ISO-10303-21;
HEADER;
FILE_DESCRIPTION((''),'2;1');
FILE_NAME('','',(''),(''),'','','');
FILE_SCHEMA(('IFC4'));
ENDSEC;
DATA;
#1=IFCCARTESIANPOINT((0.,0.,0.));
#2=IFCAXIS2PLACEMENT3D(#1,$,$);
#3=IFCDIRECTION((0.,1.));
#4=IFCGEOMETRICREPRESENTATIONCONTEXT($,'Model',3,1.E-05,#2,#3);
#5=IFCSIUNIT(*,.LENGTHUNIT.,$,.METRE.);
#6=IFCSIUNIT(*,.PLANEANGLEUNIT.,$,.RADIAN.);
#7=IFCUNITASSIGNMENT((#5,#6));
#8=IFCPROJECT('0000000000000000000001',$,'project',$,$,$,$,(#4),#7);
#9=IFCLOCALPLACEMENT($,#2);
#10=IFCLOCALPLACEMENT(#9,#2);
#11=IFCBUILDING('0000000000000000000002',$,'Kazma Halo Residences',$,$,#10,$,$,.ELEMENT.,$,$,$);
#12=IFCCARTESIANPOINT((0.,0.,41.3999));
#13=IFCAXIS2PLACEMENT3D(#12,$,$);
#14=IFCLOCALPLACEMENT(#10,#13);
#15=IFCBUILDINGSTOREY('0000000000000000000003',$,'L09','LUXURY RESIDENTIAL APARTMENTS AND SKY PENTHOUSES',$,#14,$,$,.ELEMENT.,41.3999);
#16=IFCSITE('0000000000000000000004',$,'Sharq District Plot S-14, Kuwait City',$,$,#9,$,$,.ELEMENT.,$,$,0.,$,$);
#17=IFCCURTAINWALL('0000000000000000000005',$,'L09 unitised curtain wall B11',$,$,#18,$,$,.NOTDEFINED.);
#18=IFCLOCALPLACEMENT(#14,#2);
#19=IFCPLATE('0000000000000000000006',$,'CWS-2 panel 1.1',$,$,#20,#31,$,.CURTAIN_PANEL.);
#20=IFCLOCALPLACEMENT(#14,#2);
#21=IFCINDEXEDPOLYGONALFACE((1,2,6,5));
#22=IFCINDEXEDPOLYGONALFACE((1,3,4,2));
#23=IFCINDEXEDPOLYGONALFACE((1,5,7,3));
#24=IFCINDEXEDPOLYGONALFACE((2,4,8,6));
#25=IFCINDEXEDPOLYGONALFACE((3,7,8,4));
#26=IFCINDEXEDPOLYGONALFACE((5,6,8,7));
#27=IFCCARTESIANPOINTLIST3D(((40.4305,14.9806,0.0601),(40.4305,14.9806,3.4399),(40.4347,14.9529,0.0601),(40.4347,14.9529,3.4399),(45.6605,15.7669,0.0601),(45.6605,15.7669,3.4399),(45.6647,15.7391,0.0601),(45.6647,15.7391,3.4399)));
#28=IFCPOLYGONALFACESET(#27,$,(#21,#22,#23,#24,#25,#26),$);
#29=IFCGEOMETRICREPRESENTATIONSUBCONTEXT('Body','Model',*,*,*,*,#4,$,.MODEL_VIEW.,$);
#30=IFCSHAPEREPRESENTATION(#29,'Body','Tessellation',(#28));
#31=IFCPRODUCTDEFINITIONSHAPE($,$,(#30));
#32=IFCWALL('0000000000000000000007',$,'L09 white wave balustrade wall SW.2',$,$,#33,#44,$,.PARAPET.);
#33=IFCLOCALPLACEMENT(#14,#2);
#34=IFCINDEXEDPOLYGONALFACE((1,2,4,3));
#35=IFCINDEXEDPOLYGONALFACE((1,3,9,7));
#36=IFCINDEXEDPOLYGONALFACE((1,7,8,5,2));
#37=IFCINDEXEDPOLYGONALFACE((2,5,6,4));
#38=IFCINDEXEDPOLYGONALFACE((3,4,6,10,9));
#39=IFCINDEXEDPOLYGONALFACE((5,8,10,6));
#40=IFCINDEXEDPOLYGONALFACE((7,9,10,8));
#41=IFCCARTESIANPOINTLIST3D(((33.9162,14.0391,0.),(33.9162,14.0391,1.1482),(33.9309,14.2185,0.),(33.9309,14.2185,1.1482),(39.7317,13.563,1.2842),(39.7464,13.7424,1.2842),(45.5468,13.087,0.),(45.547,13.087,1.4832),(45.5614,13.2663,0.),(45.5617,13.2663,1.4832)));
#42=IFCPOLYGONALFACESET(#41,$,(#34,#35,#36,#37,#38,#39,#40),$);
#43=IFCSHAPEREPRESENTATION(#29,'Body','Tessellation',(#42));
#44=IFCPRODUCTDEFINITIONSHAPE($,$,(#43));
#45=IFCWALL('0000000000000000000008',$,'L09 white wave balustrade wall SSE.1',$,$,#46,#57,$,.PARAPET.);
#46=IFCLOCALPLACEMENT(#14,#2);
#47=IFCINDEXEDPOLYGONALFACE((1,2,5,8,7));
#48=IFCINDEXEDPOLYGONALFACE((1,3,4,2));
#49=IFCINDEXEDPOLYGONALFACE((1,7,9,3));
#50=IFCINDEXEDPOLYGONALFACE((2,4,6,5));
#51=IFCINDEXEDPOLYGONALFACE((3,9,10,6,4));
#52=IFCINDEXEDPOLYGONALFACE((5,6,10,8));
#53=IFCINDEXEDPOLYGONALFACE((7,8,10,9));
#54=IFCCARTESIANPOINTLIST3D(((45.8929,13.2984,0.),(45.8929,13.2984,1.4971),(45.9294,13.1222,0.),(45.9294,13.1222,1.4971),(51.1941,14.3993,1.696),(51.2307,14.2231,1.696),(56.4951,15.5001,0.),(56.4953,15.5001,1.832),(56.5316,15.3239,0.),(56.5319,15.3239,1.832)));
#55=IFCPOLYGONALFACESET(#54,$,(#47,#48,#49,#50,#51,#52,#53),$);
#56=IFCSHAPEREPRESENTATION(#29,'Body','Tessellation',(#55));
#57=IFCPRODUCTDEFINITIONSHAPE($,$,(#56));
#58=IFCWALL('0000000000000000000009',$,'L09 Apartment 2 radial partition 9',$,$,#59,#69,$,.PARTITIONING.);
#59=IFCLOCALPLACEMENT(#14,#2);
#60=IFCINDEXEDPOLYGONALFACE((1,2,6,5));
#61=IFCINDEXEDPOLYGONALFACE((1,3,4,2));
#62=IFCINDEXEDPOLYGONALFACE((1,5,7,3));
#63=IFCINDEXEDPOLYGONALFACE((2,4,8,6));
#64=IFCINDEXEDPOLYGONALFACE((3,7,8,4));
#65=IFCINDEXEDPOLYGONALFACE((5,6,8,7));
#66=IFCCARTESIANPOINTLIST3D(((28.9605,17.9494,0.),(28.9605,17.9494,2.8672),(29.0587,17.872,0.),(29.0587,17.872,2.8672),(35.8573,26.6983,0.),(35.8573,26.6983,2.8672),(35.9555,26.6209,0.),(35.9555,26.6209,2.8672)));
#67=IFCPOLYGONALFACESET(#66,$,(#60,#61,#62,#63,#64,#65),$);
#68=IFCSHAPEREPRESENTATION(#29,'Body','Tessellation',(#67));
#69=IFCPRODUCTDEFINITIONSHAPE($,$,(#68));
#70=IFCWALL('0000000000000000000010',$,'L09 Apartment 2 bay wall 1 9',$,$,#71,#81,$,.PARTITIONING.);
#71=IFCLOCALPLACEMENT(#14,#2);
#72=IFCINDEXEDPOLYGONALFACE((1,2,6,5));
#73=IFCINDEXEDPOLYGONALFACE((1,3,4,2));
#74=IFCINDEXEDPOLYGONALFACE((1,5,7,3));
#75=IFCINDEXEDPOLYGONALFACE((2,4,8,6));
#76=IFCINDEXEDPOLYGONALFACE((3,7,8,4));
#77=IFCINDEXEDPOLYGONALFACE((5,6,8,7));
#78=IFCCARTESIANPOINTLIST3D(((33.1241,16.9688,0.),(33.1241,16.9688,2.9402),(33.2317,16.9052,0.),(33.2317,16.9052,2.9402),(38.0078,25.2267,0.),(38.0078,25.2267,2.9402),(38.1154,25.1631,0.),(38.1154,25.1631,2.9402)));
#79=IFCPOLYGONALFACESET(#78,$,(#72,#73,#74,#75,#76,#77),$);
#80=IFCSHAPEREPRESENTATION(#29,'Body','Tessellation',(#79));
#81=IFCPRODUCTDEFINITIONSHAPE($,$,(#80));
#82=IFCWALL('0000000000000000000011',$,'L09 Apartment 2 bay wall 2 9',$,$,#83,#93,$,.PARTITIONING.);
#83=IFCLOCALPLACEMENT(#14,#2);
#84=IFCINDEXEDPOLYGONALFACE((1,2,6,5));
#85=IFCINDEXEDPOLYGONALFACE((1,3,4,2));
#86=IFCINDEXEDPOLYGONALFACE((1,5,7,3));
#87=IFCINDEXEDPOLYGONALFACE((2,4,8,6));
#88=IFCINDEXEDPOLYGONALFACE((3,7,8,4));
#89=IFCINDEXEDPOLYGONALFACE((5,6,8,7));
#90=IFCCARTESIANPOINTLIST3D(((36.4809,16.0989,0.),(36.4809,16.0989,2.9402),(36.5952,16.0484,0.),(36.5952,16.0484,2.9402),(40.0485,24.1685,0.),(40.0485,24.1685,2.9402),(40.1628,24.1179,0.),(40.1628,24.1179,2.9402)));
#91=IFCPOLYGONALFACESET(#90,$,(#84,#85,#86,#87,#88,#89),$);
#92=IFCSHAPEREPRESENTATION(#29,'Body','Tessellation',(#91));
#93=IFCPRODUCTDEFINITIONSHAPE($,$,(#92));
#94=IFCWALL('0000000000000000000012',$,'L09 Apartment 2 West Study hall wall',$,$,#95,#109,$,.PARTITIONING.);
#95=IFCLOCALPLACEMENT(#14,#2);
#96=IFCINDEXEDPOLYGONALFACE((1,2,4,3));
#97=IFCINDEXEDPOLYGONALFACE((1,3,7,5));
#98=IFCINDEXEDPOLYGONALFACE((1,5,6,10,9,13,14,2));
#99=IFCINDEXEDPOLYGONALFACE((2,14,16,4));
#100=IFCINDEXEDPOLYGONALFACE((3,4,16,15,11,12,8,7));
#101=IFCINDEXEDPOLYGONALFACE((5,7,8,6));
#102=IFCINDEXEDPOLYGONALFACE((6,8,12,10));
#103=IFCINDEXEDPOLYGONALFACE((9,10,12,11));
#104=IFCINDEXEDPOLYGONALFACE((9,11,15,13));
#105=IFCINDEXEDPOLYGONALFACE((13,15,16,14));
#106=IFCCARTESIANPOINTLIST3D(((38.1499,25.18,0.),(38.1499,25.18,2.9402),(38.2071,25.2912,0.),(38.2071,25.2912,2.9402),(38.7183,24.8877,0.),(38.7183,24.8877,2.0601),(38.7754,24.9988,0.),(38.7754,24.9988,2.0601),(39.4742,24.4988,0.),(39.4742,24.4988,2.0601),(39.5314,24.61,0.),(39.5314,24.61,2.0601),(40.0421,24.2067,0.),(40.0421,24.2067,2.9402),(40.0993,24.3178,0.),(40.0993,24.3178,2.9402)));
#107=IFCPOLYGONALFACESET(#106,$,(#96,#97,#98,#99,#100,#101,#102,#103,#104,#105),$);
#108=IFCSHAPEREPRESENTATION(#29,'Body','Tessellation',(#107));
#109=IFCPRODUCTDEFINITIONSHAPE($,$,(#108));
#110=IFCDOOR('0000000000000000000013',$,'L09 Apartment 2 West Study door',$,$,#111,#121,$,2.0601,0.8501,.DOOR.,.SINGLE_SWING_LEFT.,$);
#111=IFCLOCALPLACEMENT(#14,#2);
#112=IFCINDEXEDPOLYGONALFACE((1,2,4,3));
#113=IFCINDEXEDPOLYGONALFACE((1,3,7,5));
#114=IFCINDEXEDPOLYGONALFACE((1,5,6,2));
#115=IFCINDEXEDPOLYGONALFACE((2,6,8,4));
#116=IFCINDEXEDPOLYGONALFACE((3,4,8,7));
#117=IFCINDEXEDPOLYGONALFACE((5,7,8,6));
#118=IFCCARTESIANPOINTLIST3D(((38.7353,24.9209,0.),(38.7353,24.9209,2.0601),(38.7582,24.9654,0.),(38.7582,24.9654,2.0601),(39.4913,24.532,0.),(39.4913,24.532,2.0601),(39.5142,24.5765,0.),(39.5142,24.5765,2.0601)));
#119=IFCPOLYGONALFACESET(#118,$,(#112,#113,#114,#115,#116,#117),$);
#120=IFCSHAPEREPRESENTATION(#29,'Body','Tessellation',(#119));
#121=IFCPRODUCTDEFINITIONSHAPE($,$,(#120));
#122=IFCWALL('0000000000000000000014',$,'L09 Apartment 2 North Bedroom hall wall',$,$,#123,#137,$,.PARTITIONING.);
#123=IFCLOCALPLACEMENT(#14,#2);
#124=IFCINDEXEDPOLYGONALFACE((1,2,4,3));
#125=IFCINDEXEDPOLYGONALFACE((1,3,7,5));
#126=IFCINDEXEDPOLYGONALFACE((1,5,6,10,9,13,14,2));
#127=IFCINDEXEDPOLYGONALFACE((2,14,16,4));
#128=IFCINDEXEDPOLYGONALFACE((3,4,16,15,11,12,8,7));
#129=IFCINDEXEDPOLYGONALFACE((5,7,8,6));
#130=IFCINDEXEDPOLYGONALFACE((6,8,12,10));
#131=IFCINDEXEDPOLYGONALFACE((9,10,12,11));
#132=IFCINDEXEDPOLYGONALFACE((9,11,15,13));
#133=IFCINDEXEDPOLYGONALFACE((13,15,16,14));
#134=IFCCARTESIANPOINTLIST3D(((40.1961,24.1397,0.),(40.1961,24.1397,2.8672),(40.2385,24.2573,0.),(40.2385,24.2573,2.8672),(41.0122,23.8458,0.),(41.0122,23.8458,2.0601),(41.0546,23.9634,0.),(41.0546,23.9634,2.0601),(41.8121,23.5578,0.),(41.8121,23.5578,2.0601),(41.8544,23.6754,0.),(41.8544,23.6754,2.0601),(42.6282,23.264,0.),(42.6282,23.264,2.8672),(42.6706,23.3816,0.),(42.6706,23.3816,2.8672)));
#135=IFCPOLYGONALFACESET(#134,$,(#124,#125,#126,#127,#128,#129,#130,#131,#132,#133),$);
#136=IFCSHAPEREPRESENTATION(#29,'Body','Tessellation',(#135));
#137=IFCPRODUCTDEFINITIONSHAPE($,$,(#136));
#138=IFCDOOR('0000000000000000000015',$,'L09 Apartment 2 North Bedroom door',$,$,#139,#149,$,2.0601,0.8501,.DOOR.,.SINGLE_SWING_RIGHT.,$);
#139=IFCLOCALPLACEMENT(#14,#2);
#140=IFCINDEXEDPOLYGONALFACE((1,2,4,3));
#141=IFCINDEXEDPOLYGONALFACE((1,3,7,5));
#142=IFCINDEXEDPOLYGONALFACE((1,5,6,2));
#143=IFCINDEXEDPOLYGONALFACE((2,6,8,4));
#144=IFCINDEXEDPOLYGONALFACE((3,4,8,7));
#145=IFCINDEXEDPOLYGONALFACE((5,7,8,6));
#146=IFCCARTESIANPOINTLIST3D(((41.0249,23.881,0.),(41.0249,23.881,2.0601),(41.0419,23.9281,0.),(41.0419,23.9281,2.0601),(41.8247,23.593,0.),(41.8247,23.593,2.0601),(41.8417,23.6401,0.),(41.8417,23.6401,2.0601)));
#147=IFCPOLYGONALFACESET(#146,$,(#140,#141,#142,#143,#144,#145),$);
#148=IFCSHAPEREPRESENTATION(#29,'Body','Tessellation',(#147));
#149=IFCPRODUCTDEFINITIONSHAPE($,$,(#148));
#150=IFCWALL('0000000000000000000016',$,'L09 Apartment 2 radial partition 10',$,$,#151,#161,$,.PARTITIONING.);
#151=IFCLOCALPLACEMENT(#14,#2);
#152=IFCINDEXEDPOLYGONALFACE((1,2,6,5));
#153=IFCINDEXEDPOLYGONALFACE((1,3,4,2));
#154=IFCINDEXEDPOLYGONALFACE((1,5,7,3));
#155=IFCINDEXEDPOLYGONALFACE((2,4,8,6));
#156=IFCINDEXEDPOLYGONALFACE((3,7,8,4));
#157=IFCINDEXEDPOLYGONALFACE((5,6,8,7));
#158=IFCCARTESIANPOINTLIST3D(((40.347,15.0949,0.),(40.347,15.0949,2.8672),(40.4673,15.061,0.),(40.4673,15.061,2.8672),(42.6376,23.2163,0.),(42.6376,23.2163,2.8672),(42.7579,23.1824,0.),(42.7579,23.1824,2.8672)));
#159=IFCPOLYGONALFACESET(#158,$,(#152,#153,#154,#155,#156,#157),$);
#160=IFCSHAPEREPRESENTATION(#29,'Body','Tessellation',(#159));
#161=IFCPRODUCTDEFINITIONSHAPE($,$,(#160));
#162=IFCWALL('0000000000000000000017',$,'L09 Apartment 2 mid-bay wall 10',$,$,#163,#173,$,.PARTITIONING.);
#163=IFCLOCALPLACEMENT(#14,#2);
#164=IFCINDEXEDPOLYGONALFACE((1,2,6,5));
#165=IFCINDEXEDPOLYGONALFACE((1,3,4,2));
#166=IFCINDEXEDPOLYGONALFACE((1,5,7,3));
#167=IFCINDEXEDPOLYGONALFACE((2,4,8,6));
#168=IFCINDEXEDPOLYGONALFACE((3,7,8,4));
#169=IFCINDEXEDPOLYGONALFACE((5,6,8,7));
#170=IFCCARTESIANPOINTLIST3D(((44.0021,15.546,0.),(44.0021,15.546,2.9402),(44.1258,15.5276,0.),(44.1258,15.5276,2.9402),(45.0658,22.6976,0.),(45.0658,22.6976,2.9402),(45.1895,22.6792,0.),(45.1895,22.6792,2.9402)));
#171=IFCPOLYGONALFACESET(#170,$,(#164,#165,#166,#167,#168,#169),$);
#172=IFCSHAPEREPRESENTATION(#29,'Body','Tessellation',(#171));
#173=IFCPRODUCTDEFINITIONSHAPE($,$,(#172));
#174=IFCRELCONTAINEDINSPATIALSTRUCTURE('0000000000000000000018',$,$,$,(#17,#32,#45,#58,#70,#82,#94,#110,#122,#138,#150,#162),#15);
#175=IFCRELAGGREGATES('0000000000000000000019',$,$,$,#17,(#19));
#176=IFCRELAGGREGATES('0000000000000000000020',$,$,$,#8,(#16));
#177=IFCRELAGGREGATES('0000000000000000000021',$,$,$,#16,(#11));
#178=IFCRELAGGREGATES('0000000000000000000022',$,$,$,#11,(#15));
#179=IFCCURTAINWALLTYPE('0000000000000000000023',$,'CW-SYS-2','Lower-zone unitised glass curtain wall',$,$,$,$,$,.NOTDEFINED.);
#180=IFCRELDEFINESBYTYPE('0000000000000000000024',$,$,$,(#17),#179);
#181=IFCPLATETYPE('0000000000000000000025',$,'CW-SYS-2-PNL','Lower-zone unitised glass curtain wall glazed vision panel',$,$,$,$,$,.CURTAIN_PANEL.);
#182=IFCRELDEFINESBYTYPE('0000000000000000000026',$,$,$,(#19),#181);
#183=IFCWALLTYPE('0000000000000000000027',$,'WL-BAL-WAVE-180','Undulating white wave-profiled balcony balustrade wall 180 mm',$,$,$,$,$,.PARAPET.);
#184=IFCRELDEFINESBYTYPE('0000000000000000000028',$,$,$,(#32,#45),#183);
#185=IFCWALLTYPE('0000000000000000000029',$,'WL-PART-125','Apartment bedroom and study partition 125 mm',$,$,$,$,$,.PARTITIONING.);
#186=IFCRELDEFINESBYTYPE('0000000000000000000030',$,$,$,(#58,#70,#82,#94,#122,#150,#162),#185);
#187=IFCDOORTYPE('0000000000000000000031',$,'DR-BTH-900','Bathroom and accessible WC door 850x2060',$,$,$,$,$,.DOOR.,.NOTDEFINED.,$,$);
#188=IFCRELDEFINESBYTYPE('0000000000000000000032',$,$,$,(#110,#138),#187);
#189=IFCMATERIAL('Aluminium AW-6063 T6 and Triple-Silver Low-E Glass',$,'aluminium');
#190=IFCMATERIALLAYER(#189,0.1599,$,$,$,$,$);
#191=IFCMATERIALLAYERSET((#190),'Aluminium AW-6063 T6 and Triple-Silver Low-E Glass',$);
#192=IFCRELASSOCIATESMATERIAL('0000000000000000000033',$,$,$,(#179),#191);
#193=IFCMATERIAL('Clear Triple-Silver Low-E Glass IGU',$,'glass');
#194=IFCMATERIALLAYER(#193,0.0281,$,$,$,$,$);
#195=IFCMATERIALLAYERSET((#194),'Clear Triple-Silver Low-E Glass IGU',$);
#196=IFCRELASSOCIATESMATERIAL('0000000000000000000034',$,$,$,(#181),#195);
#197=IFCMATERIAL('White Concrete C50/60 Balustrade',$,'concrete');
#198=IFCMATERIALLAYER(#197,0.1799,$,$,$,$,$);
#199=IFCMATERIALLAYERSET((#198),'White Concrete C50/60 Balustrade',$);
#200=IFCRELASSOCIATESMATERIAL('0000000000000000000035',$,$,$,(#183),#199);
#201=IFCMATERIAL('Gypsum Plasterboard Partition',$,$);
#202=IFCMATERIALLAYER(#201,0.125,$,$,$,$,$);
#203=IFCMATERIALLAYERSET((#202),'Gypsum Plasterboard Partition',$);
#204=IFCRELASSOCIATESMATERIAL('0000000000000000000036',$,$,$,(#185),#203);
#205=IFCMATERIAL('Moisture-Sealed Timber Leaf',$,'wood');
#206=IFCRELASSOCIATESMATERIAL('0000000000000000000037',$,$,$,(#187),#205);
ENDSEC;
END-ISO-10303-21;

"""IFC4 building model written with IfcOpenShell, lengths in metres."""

from ifc_helpers import new_model, si_unit, direction, frame, frame_2d, origin, origin_2d, place, context, subcontext, project, spatial, polyline, rectangle, outline, extrude, material, layer, layer_set, type_object, element, fill, aggregate, save


model = new_model("IFC4")

# Units and contexts
model_context = context("Model", 3, precision=1e-05, world=origin(), true_north=direction((0.0, 1.0)))
body_context = subcontext(model_context, "Body", "Model", "MODEL_VIEW")
ifc_project = project(units=[si_unit("LENGTHUNIT", "METRE"), si_unit("PLANEANGLEUNIT", "RADIAN")], contexts=[model_context])

# Site, building, storey
site_placement = place(None, origin())
site = spatial("IfcSite", under=ifc_project, at=site_placement, Name="Sharq District Plot S-14, Kuwait City", CompositionType="ELEMENT", RefElevation=0.0)
building_placement = place(site_placement, origin())
building = spatial("IfcBuilding", under=site, at=building_placement, Name="Kazma Halo Residences", CompositionType="ELEMENT")
storey_placement = place(building_placement, frame((0.0, 0.0, 41.3999)))
storey = spatial("IfcBuildingStorey", under=building, at=storey_placement, Name="L09", Description="LUXURY RESIDENTIAL APARTMENTS AND SKY PENTHOUSES", CompositionType="ELEMENT", Elevation=41.3999)

# Curtain wall, plate
ifc_material_1 = material(Name="Aluminium AW-6063 T6 and Triple-Silver Low-E Glass", Category="aluminium")
ifc_layer_1 = layer(ifc_material_1, 0.1599)
ifc_layer_set_1 = layer_set([ifc_layer_1], Name="Aluminium AW-6063 T6 and Triple-Silver Low-E Glass")
curtain_wall_type = type_object("IfcCurtainWallType", Name="CW-SYS-2", Description="Lower-zone unitised glass curtain wall", PredefinedType="NOTDEFINED", material=ifc_layer_set_1)
curtain_wall_placement = place(storey_placement, origin())
curtain_wall = element("IfcCurtainWall", 1, at=curtain_wall_placement, inside=storey, type_object=curtain_wall_type, Name="L09 unitised curtain wall B11", PredefinedType="NOTDEFINED")
ifc_material_2 = material(Name="Clear Triple-Silver Low-E Glass IGU", Category="glass")
ifc_layer_2 = layer(ifc_material_2, 0.0281)
ifc_layer_set_2 = layer_set([ifc_layer_2], Name="Clear Triple-Silver Low-E Glass IGU")
plate_type = type_object("IfcPlateType", Name="CW-SYS-2-PNL", Description="Lower-zone unitised glass curtain wall glazed vision panel", PredefinedType="CURTAIN_PANEL", material=ifc_layer_set_2)
plate_placement = place(storey_placement, frame((43.0476, 15.3599, 0.0601), z_axis=(0.0, 0.0, 1.0), x_axis=(0.988889, 0.148657, 0.0)))
plate = element("IfcPlate", 2, at=plate_placement, type_object=plate_type, Name="CWS-2 panel 1.1", PredefinedType="CURTAIN_PANEL", context=body_context, shape_type="SweptSolid", body=[
    extrude(rectangle(XDim=5.2888, YDim=0.0281, at=origin_2d()), origin(), (0.0, 0.0, 1.0), 3.3799),
])
aggregate(curtain_wall, [plate])

# Walls
ifc_material_3 = material(Name="White Concrete C50/60 Balustrade", Category="concrete")
ifc_layer_3 = layer(ifc_material_3, 0.1799)
ifc_layer_set_3 = layer_set([ifc_layer_3], Name="White Concrete C50/60 Balustrade")
wall_type_1 = type_object("IfcWallType", Name="WL-BAL-WAVE-180", Description="Undulating white wave-profiled balcony balustrade wall 180 mm", PredefinedType="PARAPET", material=ifc_layer_set_3)
wall_1_placement = place(storey_placement, frame((33.9236, 14.1289, 0.0), z_axis=(0.0, 0.0, 1.0), x_axis=(0.996666, -0.081593, 0.0)))
element("IfcWall", 3, at=wall_1_placement, inside=storey, type_object=wall_type_1, Name="L09 white wave balustrade wall SW.2", PredefinedType="PARAPET", context=body_context, shape_type="SweptSolid", body=[
    extrude(outline(polyline([(0.0, 0.0), (11.6694, 0.0), (11.6697, 1.4832), (5.835, 1.2842), (0.0, 1.1482), (0.0, 0.0)])), frame((0.0, 0.0898, 0.0), z_axis=(0.0, -1.0, 0.0), x_axis=(1.0, 0.0, 0.0)), (0.0, 0.0, 1.0), 0.1799),
])
wall_2_placement = place(storey_placement, frame((45.9111, 13.2104, 0.0), z_axis=(0.0, 0.0, 1.0), x_axis=(0.979112, 0.203321, 0.0)))
element("IfcWall", 4, at=wall_2_placement, inside=storey, type_object=wall_type_1, Name="L09 white wave balustrade wall SSE.1", PredefinedType="PARAPET", context=body_context, shape_type="SweptSolid", body=[
    extrude(outline(polyline([(0.0, 0.0), (10.8284, 0.0), (10.8286, 1.832), (5.4143, 1.696), (0.0, 1.4971), (0.0, 0.0)])), frame((0.0, 0.0898, 0.0), z_axis=(0.0, -1.0, 0.0), x_axis=(1.0, 0.0, 0.0)), (0.0, 0.0, 1.0), 0.1799),
])
ifc_material_4 = material(Name="Gypsum Plasterboard Partition")
ifc_layer_4 = layer(ifc_material_4, 0.125)
ifc_layer_set_4 = layer_set([ifc_layer_4], Name="Gypsum Plasterboard Partition")
wall_type_2 = type_object("IfcWallType", Name="WL-PART-125", Description="Apartment bedroom and study partition 125 mm", PredefinedType="PARTITIONING", material=ifc_layer_set_4)
wall_3_placement = place(storey_placement, frame((35.9065, 26.6597, 0.0), z_axis=(0.0, 0.0, 1.0), x_axis=(-0.61908, -0.785328, 0.0)))
element("IfcWall", 5, at=wall_3_placement, inside=storey, type_object=wall_type_2, Name="L09 Apartment 2 radial partition 9", PredefinedType="PARTITIONING", context=body_context, shape_type="SweptSolid", body=[
    extrude(rectangle(XDim=11.1404, YDim=0.125, at=frame_2d((5.5703, 0.0))), origin(), (0.0, 0.0, 1.0), 2.8672),
])
wall_4_placement = place(storey_placement, frame((38.0615, 25.1948, 0.0), z_axis=(0.0, 0.0, 1.0), x_axis=(-0.50904, -0.860743, 0.0)))
element("IfcWall", 6, at=wall_4_placement, inside=storey, type_object=wall_type_2, Name="L09 Apartment 2 bay wall 1 9", PredefinedType="PARTITIONING", context=body_context, shape_type="SweptSolid", body=[
    extrude(rectangle(XDim=9.594, YDim=0.125, at=frame_2d((4.7969, 0.0))), origin(), (0.0, 0.0, 1.0), 2.9402),
])
wall_5_placement = place(storey_placement, frame((40.1057, 24.1433, 0.0), z_axis=(0.0, 0.0, 1.0), x_axis=(-0.404353, -0.914603, 0.0)))
element("IfcWall", 7, at=wall_5_placement, inside=storey, type_object=wall_type_2, Name="L09 Apartment 2 bay wall 2 9", PredefinedType="PARTITIONING", context=body_context, shape_type="SweptSolid", body=[
    extrude(rectangle(XDim=8.823, YDim=0.125, at=frame_2d((4.4116, 0.0))), origin(), (0.0, 0.0, 1.0), 2.9402),
])

# Walls, openings, doors
wall_6_placement = place(storey_placement, frame((38.1785, 25.2356, 0.0), z_axis=(0.0, 0.0, 1.0), x_axis=(0.889252, -0.457418, 0.0)))
wall_6 = element("IfcWall", 8, at=wall_6_placement, inside=storey, type_object=wall_type_2, Name="L09 Apartment 2 West Study hall wall", PredefinedType="PARTITIONING", context=body_context, shape_type="SweptSolid", body=[
    extrude(rectangle(XDim=2.1279, YDim=0.125, at=frame_2d((1.064, 0.0))), origin(), (0.0, 0.0, 1.0), 2.9402),
])
opening_1_placement = place(wall_6_placement, frame((0.6392, 0.0, 0.0)))
opening_1 = element("IfcOpeningElement", 9, at=opening_1_placement, cuts=wall_6, PredefinedType="OPENING", context=body_context, shape_type="SweptSolid", body=[
    extrude(rectangle(XDim=0.8501, YDim=2.0601, at=frame_2d((0.425, 1.03))), frame((0.0, 0.0725, 0.0), z_axis=(0.0, -1.0, 0.0), x_axis=(1.0, 0.0, 0.0)), (0.0, 0.0, 1.0), 0.145),
])
ifc_material_5 = material(Name="Moisture-Sealed Timber Leaf", Category="wood")
door_type_1 = type_object("IfcDoorType", Name="DR-BTH-900", Description="Bathroom and accessible WC door 850x2060", OperationType="NOTDEFINED", PredefinedType="DOOR", material=ifc_material_5)
door_1_placement = place(opening_1_placement, origin())
door_1 = element("IfcDoor", 10, at=door_1_placement, inside=storey, type_object=door_type_1, Name="L09 Apartment 2 West Study door", OperationType="SINGLE_SWING_LEFT", OverallHeight=2.0601, OverallWidth=0.8501, PredefinedType="DOOR", context=body_context, shape_type="SweptSolid", body=[
    extrude(rectangle(XDim=0.8501, YDim=2.0601, at=frame_2d((0.425, 1.03))), frame((0.0, 0.0249, 0.0), z_axis=(0.0, -1.0, 0.0), x_axis=(1.0, 0.0, 0.0)), (0.0, 0.0, 1.0), 0.05),
])
fill(opening_1, door_1)
wall_7_placement = place(storey_placement, frame((40.2173, 24.1985, 0.0), z_axis=(0.0, 0.0, 1.0), x_axis=(0.940867, -0.338776, 0.0)))
wall_7 = element("IfcWall", 11, at=wall_7_placement, inside=storey, type_object=wall_type_2, Name="L09 Apartment 2 North Bedroom hall wall", PredefinedType="PARTITIONING", context=body_context, shape_type="SweptSolid", body=[
    extrude(rectangle(XDim=2.585, YDim=0.125, at=frame_2d((1.2925, 0.0))), origin(), (0.0, 0.0, 1.0), 2.8672),
])
opening_2_placement = place(wall_7_placement, frame((0.8674, 0.0, 0.0)))
opening_2 = element("IfcOpeningElement", 12, at=opening_2_placement, cuts=wall_7, PredefinedType="OPENING", context=body_context, shape_type="SweptSolid", body=[
    extrude(rectangle(XDim=0.8501, YDim=2.0601, at=frame_2d((0.425, 1.03))), frame((0.0, 0.0725, 0.0), z_axis=(0.0, -1.0, 0.0), x_axis=(1.0, 0.0, 0.0)), (0.0, 0.0, 1.0), 0.145),
])
door_2_placement = place(opening_2_placement, origin())
door_2 = element("IfcDoor", 13, at=door_2_placement, inside=storey, type_object=door_type_1, Name="L09 Apartment 2 North Bedroom door", OperationType="SINGLE_SWING_RIGHT", OverallHeight=2.0601, OverallWidth=0.8501, PredefinedType="DOOR", context=body_context, shape_type="SweptSolid", body=[
    extrude(rectangle(XDim=0.8501, YDim=2.0601, at=frame_2d((0.425, 1.03))), frame((0.0, 0.0249, 0.0), z_axis=(0.0, -1.0, 0.0), x_axis=(1.0, 0.0, 0.0)), (0.0, 0.0, 1.0), 0.05),
])
fill(opening_2, door_2)

# Walls
wall_8_placement = place(storey_placement, frame((42.6978, 23.1995, 0.0), z_axis=(0.0, 0.0, 1.0), x_axis=(-0.271448, -0.962453, 0.0)))
element("IfcWall", 14, at=wall_8_placement, inside=storey, type_object=wall_type_2, Name="L09 Apartment 2 radial partition 10", PredefinedType="PARTITIONING", context=body_context, shape_type="SweptSolid", body=[
    extrude(rectangle(XDim=8.4382, YDim=0.125, at=frame_2d((4.2192, 0.0))), origin(), (0.0, 0.0, 1.0), 2.8672),
])
wall_9_placement = place(storey_placement, frame((45.1277, 22.6885, 0.0), z_axis=(0.0, 0.0, 1.0), x_axis=(-0.14712, -0.989119, 0.0)))
element("IfcWall", 15, at=wall_9_placement, inside=storey, type_object=wall_type_2, Name="L09 Apartment 2 mid-bay wall 10", PredefinedType="PARTITIONING", context=body_context, shape_type="SweptSolid", body=[
    extrude(rectangle(XDim=7.2302, YDim=0.125, at=frame_2d((3.6152, 0.0))), origin(), (0.0, 0.0, 1.0), 2.9402),
])

save(model, "model.ifc")
